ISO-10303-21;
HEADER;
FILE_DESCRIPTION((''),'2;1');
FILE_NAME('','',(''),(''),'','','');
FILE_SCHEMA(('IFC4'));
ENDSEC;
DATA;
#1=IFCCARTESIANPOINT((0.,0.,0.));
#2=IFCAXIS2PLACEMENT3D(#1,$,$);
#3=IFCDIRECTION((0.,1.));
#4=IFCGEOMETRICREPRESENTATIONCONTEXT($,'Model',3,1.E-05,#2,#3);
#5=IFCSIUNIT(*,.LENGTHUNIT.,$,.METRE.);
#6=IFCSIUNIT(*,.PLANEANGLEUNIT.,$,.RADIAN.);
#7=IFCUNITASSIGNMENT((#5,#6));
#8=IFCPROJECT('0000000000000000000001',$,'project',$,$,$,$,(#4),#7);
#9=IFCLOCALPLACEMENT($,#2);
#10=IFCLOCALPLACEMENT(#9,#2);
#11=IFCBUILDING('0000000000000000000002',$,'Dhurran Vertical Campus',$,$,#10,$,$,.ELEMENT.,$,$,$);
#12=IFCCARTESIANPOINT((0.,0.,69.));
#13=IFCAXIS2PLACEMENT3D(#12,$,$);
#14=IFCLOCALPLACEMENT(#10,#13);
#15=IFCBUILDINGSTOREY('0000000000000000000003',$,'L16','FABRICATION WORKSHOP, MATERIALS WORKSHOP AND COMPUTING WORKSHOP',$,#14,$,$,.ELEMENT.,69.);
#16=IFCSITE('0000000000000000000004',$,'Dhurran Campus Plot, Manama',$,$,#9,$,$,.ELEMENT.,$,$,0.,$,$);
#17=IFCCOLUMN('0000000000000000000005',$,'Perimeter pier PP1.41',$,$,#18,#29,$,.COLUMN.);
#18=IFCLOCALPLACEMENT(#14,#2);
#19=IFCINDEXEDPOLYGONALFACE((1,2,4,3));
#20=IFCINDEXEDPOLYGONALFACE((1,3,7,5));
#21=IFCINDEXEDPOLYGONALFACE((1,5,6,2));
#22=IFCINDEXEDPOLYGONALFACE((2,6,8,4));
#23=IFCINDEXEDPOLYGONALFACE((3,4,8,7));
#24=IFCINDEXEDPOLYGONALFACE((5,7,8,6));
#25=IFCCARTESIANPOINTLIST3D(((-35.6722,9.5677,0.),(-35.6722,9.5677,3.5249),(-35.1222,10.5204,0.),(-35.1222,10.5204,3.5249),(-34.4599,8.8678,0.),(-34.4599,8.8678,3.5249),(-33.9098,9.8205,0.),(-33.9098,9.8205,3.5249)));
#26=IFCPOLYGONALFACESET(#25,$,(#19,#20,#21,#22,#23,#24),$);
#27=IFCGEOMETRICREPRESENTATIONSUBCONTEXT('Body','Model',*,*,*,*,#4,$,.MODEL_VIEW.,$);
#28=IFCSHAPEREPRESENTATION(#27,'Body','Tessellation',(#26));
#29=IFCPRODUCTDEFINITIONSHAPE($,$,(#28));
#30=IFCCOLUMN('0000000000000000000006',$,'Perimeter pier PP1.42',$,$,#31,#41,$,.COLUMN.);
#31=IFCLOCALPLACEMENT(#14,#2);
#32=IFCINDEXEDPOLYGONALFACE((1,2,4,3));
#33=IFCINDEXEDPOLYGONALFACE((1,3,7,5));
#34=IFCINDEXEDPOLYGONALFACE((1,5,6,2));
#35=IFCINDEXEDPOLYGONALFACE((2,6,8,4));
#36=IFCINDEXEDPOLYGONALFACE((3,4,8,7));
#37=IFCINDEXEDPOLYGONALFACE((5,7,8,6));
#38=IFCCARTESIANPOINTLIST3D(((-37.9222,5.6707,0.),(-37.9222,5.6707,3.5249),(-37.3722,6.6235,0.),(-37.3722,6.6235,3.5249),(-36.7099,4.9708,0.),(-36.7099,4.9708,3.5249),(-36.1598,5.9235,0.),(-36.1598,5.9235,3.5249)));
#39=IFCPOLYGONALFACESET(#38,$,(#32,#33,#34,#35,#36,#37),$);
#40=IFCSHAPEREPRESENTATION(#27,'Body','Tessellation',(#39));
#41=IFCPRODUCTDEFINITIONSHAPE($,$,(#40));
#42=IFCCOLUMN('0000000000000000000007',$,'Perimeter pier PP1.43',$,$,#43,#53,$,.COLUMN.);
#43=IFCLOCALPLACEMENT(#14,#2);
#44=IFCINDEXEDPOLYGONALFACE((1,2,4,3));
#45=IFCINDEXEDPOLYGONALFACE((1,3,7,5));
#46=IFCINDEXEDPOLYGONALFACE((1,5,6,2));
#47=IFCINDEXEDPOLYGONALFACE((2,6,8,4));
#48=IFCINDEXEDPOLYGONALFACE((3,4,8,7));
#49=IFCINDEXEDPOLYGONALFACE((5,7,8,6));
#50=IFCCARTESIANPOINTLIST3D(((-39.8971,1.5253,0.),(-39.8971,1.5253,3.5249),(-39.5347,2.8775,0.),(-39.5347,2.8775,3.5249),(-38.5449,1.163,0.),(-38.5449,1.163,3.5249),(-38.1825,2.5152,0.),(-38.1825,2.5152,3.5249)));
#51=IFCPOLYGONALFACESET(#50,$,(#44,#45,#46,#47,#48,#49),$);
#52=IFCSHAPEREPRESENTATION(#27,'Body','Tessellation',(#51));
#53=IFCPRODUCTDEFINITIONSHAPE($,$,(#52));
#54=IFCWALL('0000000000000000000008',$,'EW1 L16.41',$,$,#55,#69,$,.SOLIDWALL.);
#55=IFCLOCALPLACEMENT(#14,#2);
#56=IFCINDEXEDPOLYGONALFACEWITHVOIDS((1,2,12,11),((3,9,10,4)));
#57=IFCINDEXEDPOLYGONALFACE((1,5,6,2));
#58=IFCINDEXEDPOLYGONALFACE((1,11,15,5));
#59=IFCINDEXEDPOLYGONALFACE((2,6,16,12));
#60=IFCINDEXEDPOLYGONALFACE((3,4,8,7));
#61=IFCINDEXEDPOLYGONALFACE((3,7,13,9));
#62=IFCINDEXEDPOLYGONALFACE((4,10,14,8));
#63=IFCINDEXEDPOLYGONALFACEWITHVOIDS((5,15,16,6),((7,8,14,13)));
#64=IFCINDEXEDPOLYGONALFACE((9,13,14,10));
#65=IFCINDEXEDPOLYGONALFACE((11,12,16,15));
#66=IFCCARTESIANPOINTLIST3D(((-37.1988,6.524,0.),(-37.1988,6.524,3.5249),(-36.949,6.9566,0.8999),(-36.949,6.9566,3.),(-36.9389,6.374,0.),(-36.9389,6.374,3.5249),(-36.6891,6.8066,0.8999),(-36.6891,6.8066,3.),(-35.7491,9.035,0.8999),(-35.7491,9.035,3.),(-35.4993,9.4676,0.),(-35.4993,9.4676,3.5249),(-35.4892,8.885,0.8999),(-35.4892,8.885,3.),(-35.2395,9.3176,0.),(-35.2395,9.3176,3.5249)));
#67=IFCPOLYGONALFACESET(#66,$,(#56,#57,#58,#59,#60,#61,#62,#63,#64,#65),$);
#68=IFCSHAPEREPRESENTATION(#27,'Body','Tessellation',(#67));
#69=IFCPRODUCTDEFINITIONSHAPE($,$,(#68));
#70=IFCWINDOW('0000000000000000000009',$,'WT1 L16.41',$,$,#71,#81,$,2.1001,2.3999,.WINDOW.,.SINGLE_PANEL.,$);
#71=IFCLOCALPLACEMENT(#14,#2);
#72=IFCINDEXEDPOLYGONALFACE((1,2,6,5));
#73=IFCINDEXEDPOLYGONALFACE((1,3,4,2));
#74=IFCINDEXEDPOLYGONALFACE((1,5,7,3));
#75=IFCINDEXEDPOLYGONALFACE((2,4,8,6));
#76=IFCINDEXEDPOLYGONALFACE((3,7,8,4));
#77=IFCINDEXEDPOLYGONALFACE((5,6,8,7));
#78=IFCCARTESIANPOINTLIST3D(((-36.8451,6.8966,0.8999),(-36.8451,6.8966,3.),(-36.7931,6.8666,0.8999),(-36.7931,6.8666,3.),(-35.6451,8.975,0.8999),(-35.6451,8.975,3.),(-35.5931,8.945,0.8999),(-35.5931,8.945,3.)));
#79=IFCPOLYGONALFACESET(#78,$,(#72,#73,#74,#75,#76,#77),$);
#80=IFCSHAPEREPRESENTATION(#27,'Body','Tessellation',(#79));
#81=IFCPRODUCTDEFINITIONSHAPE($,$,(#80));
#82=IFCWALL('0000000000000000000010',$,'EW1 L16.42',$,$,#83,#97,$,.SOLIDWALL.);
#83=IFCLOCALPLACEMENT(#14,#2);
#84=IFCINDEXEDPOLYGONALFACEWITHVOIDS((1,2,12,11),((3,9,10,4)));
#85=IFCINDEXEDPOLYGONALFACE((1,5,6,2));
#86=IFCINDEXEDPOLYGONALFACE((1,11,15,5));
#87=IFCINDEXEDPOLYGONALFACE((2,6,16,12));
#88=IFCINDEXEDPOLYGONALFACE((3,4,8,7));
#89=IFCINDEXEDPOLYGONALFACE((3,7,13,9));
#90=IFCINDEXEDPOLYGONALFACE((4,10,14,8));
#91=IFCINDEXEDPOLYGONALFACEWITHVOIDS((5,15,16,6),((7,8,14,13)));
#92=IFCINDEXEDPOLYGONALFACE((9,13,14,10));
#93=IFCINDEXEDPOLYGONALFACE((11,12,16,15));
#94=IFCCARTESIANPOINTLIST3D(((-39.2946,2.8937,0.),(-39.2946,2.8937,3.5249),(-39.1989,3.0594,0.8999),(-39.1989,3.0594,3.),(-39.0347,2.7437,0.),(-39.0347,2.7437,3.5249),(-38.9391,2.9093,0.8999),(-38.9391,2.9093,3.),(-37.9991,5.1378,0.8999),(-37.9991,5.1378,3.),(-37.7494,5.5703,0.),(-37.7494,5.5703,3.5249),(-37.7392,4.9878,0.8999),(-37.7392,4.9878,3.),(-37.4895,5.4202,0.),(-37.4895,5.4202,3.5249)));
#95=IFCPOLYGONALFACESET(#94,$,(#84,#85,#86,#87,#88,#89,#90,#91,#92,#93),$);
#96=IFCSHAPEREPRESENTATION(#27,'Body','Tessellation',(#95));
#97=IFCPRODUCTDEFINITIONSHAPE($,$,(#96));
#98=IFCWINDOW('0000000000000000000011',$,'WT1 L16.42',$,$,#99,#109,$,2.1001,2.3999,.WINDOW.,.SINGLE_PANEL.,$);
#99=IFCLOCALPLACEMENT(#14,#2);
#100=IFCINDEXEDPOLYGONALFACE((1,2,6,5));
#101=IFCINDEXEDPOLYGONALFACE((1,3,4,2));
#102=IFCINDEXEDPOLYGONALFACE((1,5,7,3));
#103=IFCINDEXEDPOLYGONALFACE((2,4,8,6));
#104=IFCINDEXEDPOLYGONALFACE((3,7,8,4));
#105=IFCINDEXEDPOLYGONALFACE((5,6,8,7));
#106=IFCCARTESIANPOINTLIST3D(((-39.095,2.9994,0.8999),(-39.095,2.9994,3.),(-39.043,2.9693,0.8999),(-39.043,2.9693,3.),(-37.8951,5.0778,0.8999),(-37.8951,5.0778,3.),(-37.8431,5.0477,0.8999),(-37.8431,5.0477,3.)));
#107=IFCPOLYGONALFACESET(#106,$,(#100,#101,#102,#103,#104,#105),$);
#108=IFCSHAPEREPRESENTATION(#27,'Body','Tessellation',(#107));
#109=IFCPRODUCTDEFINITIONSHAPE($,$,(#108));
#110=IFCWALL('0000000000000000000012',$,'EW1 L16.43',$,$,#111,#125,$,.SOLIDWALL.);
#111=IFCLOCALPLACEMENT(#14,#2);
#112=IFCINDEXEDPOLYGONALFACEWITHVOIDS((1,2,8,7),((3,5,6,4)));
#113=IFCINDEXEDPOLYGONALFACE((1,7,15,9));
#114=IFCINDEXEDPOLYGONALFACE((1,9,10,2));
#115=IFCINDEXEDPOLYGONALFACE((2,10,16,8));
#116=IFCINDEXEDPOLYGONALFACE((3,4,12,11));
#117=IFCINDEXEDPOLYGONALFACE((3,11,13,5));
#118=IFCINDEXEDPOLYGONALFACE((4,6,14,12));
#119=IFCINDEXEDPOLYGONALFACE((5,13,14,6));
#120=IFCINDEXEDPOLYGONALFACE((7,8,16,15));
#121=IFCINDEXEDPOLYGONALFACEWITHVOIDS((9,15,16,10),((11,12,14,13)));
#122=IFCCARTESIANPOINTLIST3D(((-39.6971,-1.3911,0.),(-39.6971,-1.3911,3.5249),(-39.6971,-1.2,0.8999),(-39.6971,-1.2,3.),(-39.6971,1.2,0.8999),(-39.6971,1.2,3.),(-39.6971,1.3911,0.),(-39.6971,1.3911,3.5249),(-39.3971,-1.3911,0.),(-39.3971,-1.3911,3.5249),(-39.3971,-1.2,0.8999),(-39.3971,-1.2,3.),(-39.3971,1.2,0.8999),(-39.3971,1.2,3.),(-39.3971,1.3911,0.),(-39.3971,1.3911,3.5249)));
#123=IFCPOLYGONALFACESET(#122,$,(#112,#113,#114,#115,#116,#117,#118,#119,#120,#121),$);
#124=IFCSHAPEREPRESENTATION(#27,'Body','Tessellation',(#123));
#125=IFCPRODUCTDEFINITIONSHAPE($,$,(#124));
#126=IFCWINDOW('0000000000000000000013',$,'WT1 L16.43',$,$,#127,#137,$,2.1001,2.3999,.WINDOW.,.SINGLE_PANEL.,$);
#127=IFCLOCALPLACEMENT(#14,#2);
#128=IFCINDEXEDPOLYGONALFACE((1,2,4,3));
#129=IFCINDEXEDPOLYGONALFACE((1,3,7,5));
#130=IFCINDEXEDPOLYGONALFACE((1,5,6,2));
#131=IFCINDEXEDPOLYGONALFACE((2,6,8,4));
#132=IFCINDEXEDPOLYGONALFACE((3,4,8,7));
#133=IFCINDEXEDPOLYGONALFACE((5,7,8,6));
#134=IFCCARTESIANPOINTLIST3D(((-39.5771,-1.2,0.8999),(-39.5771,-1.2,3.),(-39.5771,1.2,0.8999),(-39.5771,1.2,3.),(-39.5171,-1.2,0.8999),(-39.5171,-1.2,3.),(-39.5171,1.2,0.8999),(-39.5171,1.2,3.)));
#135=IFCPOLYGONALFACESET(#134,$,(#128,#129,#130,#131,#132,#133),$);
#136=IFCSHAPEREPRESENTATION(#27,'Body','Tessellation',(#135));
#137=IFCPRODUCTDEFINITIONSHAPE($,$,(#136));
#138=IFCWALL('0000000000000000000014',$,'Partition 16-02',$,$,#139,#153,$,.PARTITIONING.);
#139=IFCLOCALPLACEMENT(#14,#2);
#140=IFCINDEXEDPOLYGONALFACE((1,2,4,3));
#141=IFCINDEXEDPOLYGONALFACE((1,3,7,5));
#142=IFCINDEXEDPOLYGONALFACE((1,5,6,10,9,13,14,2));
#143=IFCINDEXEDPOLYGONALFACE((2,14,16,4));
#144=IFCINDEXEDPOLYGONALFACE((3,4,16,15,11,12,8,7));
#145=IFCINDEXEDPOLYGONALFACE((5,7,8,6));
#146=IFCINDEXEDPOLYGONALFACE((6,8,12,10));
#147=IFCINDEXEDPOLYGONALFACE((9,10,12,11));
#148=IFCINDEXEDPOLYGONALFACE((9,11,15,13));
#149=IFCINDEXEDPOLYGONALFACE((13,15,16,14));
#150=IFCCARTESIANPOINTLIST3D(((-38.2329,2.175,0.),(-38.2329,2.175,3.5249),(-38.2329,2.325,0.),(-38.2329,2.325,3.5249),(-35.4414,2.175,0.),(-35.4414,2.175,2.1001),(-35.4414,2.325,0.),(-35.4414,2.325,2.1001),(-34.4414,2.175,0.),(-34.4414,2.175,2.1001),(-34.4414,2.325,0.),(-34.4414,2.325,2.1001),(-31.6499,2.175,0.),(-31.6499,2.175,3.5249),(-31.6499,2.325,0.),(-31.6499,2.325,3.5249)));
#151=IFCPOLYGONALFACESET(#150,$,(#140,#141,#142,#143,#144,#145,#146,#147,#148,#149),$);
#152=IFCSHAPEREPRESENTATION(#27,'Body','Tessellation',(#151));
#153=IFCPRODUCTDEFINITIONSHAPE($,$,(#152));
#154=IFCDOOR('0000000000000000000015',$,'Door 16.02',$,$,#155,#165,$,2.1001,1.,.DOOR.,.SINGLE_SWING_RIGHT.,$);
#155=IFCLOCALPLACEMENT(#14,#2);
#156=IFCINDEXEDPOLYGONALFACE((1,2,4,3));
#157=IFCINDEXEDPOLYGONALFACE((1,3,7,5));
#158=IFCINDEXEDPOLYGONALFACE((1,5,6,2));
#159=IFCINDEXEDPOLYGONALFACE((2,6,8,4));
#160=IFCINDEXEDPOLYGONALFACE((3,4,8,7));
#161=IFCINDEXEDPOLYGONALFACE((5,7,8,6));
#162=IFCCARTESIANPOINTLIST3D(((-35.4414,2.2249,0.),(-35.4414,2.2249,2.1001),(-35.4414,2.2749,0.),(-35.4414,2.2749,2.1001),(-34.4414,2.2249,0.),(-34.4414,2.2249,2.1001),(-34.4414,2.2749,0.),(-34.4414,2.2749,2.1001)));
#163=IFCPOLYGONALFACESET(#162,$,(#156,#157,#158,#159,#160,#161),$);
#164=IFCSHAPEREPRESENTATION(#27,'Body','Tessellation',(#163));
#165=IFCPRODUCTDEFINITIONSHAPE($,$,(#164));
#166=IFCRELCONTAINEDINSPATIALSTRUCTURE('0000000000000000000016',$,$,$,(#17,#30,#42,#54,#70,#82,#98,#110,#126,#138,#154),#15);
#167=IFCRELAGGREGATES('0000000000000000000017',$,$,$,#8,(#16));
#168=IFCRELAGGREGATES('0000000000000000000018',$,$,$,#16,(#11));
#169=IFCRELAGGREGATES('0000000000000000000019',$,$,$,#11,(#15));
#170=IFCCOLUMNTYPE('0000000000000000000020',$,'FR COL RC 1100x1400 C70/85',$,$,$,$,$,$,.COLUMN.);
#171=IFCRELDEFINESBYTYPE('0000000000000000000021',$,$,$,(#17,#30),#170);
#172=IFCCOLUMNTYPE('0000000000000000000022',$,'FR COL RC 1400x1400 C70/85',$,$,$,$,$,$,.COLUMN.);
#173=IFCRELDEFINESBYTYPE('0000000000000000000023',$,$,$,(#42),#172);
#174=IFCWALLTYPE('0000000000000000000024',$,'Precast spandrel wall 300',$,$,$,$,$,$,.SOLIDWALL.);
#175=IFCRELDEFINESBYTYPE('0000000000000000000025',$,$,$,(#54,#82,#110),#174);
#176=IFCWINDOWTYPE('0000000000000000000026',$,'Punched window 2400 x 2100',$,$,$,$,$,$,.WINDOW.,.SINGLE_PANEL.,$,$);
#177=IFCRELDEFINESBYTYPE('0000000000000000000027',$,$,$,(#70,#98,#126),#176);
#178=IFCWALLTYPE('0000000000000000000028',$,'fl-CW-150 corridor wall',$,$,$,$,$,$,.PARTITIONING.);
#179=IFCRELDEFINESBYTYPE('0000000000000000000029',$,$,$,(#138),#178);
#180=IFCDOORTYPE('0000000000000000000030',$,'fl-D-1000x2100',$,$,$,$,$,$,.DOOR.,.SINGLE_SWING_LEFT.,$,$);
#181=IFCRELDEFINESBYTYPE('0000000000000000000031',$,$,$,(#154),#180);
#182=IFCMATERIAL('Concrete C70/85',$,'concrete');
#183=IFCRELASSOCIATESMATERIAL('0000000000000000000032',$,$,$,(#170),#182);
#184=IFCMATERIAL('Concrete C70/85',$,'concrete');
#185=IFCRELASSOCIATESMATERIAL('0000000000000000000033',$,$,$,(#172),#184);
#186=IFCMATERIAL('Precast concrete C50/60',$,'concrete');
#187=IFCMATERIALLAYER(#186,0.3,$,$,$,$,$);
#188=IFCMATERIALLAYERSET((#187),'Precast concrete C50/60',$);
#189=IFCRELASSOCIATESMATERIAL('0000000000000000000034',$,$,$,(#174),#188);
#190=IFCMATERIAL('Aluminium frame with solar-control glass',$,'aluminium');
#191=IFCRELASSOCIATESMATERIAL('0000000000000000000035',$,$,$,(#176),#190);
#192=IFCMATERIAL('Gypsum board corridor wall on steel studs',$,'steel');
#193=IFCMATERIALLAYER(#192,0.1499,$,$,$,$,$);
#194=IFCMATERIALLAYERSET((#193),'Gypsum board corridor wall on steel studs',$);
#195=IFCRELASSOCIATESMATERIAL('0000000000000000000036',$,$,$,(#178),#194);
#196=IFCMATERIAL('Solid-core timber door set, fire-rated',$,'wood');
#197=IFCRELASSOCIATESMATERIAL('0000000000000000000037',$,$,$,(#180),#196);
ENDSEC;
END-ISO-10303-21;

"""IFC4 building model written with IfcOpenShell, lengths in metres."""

from ifc_helpers import new_model, si_unit, direction, frame, frame_2d, origin, origin_2d, place, context, subcontext, project, spatial, rectangle, extrude, material, layer, layer_set, material_profile, profile_set, type_object, element, fill, save


model = new_model("IFC4")

# Units and contexts
model_context = context("Model", 3, precision=1e-05, world=origin(), true_north=direction((0.0, 1.0)))
body_context = subcontext(model_context, "Body", "Model", "MODEL_VIEW")
ifc_project = project(units=[si_unit("LENGTHUNIT", "METRE"), si_unit("PLANEANGLEUNIT", "RADIAN")], contexts=[model_context])

# Site, building, storey
site_placement = place(None, origin())
site = spatial("IfcSite", under=ifc_project, at=site_placement, Name="Dhurran Campus Plot, Manama", CompositionType="ELEMENT", RefElevation=0.0)
building_placement = place(site_placement, origin())
building = spatial("IfcBuilding", under=site, at=building_placement, Name="Dhurran Vertical Campus", CompositionType="ELEMENT")
storey_placement = place(building_placement, frame((0.0, 0.0, 69.0)))
storey = spatial("IfcBuildingStorey", under=building, at=storey_placement, Name="L16", Description="FABRICATION WORKSHOP, MATERIALS WORKSHOP AND COMPUTING WORKSHOP", CompositionType="ELEMENT", Elevation=69.0)

# Columns
ifc_material_1 = material(Name="Concrete C70/85", Category="concrete")
ifc_material_profile_1 = material_profile(ifc_material_1, rectangle(XDim=1.1001, YDim=1.3999, at=origin_2d()), Name="RC 1100x1400")
ifc_profile_set_1 = profile_set([ifc_material_profile_1], Name="Concrete C70/85")
column_type_1 = type_object("IfcColumnType", Name="FR COL RC 1100x1400 C70/85", PredefinedType="COLUMN", material=ifc_profile_set_1)
for number, where, z_axis, x_axis, name in (
    (1, (-34.791, 9.6941, 0.0), (0.0, 0.0, 1.0), (-0.5, -0.866025, 0.0), "Perimeter pier PP1.41"),
    (2, (-37.041, 5.7971, 0.0), (0.0, 0.0, 1.0), (-0.5, -0.866025, 0.0), "Perimeter pier PP1.42"),
):
    element("IfcColumn", number, at=place(storey_placement, frame(where, z_axis=z_axis, x_axis=x_axis)), inside=storey, type_object=column_type_1, Name=name, PredefinedType="COLUMN", context=body_context, shape_type="SweptSolid", body=[
        extrude(rectangle(XDim=1.1001, YDim=1.3999, at=origin_2d()), origin(), (0.0, 0.0, 1.0), 3.5249),
    ])
ifc_material_2 = material(Name="Concrete C70/85", Category="concrete")
ifc_material_profile_2 = material_profile(ifc_material_2, rectangle(XDim=1.3999, YDim=1.3999, at=origin_2d()), Name="RC 1400x1400")
ifc_profile_set_2 = profile_set([ifc_material_profile_2], Name="Concrete C70/85")
column_type_2 = type_object("IfcColumnType", Name="FR COL RC 1400x1400 C70/85", PredefinedType="COLUMN", material=ifc_profile_set_2)
column_placement = place(storey_placement, frame((-39.0398, 2.0203, 0.0), z_axis=(0.0, 0.0, 1.0), x_axis=(-0.258819, -0.965926, 0.0)))
element("IfcColumn", 3, at=column_placement, inside=storey, type_object=column_type_2, Name="Perimeter pier PP1.43", PredefinedType="COLUMN", context=body_context, shape_type="SweptSolid", body=[
    extrude(rectangle(XDim=1.3999, YDim=1.3999, at=origin_2d()), origin(), (0.0, 0.0, 1.0), 3.5249),
])

# Walls, openings, windows
ifc_material_3 = material(Name="Precast concrete C50/60", Category="concrete")
ifc_layer_1 = layer(ifc_material_3, 0.3)
ifc_layer_set_1 = layer_set([ifc_layer_1], Name="Precast concrete C50/60")
wall_type_1 = type_object("IfcWallType", Name="Precast spandrel wall 300", PredefinedType="SOLIDWALL", material=ifc_layer_set_1)
wall_1_placement = place(storey_placement, frame((-35.3694, 9.3926, 0.0), z_axis=(0.0, 0.0, 1.0), x_axis=(-0.499994, -0.866029, 0.0)))
wall_1 = element("IfcWall", 4, at=wall_1_placement, inside=storey, type_object=wall_type_1, Name="EW1 L16.41", PredefinedType="SOLIDWALL", context=body_context, shape_type="SweptSolid", body=[
    extrude(rectangle(XDim=3.3989, YDim=0.3, at=frame_2d((1.6995, 0.0))), origin(), (0.0, 0.0, 1.0), 3.5249),
])
opening_1_placement = place(wall_1_placement, frame((0.4995, 0.0, 0.8999)))
opening_1 = element("IfcOpeningElement", 5, at=opening_1_placement, cuts=wall_1, PredefinedType="OPENING", context=body_context, shape_type="SweptSolid", body=[
    extrude(rectangle(XDim=2.3999, YDim=2.1001, at=frame_2d((1.2, 1.05))), frame((0.0, 0.1599, 0.0), z_axis=(0.0, -1.0, 0.0), x_axis=(1.0, 0.0, 0.0)), (0.0, 0.0, 1.0), 0.3201),
])
ifc_material_4 = material(Name="Aluminium frame with solar-control glass", Category="aluminium")
window_type = type_object("IfcWindowType", Name="Punched window 2400 x 2100", PartitioningType="SINGLE_PANEL", PredefinedType="WINDOW", material=ifc_material_4)
window_1_placement = place(opening_1_placement, origin())
window_1 = element("IfcWindow", 6, at=window_1_placement, inside=storey, type_object=window_type, Name="WT1 L16.41", OverallHeight=2.1001, OverallWidth=2.3999, PartitioningType="SINGLE_PANEL", PredefinedType="WINDOW", context=body_context, shape_type="SweptSolid", body=[
    extrude(rectangle(XDim=2.3999, YDim=2.1001, at=frame_2d((1.2, 1.05))), frame((0.0, 0.03, 0.0), z_axis=(0.0, -1.0, 0.0), x_axis=(1.0, 0.0, 0.0)), (0.0, 0.0, 1.0), 0.0601),
])
fill(opening_1, window_1)
wall_2_placement = place(storey_placement, frame((-37.6194, 5.4954, 0.0), z_axis=(0.0, 0.0, 1.0), x_axis=(-0.499971, -0.866042, 0.0)))
wall_2 = element("IfcWall", 7, at=wall_2_placement, inside=storey, type_object=wall_type_1, Name="EW1 L16.42", PredefinedType="SOLIDWALL", context=body_context, shape_type="SweptSolid", body=[
    extrude(rectangle(XDim=3.0906, YDim=0.3, at=frame_2d((1.5454, 0.0))), origin(), (0.0, 0.0, 1.0), 3.5249),
])
opening_2_placement = place(wall_2_placement, frame((0.4995, 0.0, 0.8999)))
opening_2 = element("IfcOpeningElement", 8, at=opening_2_placement, cuts=wall_2, PredefinedType="OPENING", context=body_context, shape_type="SweptSolid", body=[
    extrude(rectangle(XDim=2.3999, YDim=2.1001, at=frame_2d((1.2, 1.05))), frame((0.0, 0.1599, 0.0), z_axis=(0.0, -1.0, 0.0), x_axis=(1.0, 0.0, 0.0)), (0.0, 0.0, 1.0), 0.3201),
])
window_2_placement = place(opening_2_placement, origin())
window_2 = element("IfcWindow", 9, at=window_2_placement, inside=storey, type_object=window_type, Name="WT1 L16.42", OverallHeight=2.1001, OverallWidth=2.3999, PartitioningType="SINGLE_PANEL", PredefinedType="WINDOW", context=body_context, shape_type="SweptSolid", body=[
    extrude(rectangle(XDim=2.3999, YDim=2.1001, at=frame_2d((1.2, 1.05))), frame((0.0, 0.03, 0.0), z_axis=(0.0, -1.0, 0.0), x_axis=(1.0, 0.0, 0.0)), (0.0, 0.0, 1.0), 0.0601),
])
fill(opening_2, window_2)
wall_3_placement = place(storey_placement, frame((-39.5471, 1.3911, 0.0), z_axis=(0.0, 0.0, 1.0), x_axis=(0.0, -1.0, 0.0)))
wall_3 = element("IfcWall", 10, at=wall_3_placement, inside=storey, type_object=wall_type_1, Name="EW1 L16.43", PredefinedType="SOLIDWALL", context=body_context, shape_type="SweptSolid", body=[
    extrude(rectangle(XDim=2.7822, YDim=0.3, at=frame_2d((1.3911, 0.0))), origin(), (0.0, 0.0, 1.0), 3.5249),
])
opening_3_placement = place(wall_3_placement, frame((0.1912, 0.0, 0.8999)))
opening_3 = element("IfcOpeningElement", 11, at=opening_3_placement, cuts=wall_3, PredefinedType="OPENING", context=body_context, shape_type="SweptSolid", body=[
    extrude(rectangle(XDim=2.3999, YDim=2.1001, at=frame_2d((1.2, 1.05))), frame((0.0, 0.1599, 0.0), z_axis=(0.0, -1.0, 0.0), x_axis=(1.0, 0.0, 0.0)), (0.0, 0.0, 1.0), 0.3201),
])
window_3_placement = place(opening_3_placement, origin())
window_3 = element("IfcWindow", 12, at=window_3_placement, inside=storey, type_object=window_type, Name="WT1 L16.43", OverallHeight=2.1001, OverallWidth=2.3999, PartitioningType="SINGLE_PANEL", PredefinedType="WINDOW", context=body_context, shape_type="SweptSolid", body=[
    extrude(rectangle(XDim=2.3999, YDim=2.1001, at=frame_2d((1.2, 1.05))), frame((0.0, 0.03, 0.0), z_axis=(0.0, -1.0, 0.0), x_axis=(1.0, 0.0, 0.0)), (0.0, 0.0, 1.0), 0.0601),
])
fill(opening_3, window_3)

# Wall, opening, door
ifc_material_5 = material(Name="Gypsum board corridor wall on steel studs", Category="steel")
ifc_layer_2 = layer(ifc_material_5, 0.1499)
ifc_layer_set_2 = layer_set([ifc_layer_2], Name="Gypsum board corridor wall on steel studs")
wall_type_2 = type_object("IfcWallType", Name="fl-CW-150 corridor wall", PredefinedType="PARTITIONING", material=ifc_layer_set_2)
wall_4_placement = place(storey_placement, frame((-38.2329, 2.25, 0.0), z_axis=(0.0, 0.0, 1.0), x_axis=(1.0, 0.0, 0.0)))
wall_4 = element("IfcWall", 13, at=wall_4_placement, inside=storey, type_object=wall_type_2, Name="Partition 16-02", PredefinedType="PARTITIONING", context=body_context, shape_type="SweptSolid", body=[
    extrude(rectangle(XDim=6.583, YDim=0.1499, at=frame_2d((3.2915, 0.0))), origin(), (0.0, 0.0, 1.0), 3.5249),
])
opening_4_placement = place(wall_4_placement, frame((2.7915, 0.0, 0.0)))
opening_4 = element("IfcOpeningElement", 14, at=opening_4_placement, cuts=wall_4, PredefinedType="OPENING", context=body_context, shape_type="SweptSolid", body=[
    extrude(rectangle(XDim=1.0, YDim=2.1001, at=frame_2d((0.5, 1.05))), frame((0.0, 0.085, 0.0), z_axis=(0.0, -1.0, 0.0), x_axis=(1.0, 0.0, 0.0)), (0.0, 0.0, 1.0), 0.1699),
])
ifc_material_6 = material(Name="Solid-core timber door set, fire-rated", Category="wood")
door_type = type_object("IfcDoorType", Name="fl-D-1000x2100", OperationType="SINGLE_SWING_LEFT", PredefinedType="DOOR", material=ifc_material_6)
door_1_placement = place(opening_4_placement, origin())
door_1 = element("IfcDoor", 15, at=door_1_placement, inside=storey, type_object=door_type, Name="Door 16.02", OperationType="SINGLE_SWING_RIGHT", OverallHeight=2.1001, OverallWidth=1.0, PredefinedType="DOOR", context=body_context, shape_type="SweptSolid", body=[
    extrude(rectangle(XDim=1.0, YDim=2.1001, at=frame_2d((0.5, 1.05))), frame((0.0, 0.0249, 0.0), z_axis=(0.0, -1.0, 0.0), x_axis=(1.0, 0.0, 0.0)), (0.0, 0.0, 1.0), 0.05),
])
fill(opening_4, door_1)

save(model, "model.ifc")
